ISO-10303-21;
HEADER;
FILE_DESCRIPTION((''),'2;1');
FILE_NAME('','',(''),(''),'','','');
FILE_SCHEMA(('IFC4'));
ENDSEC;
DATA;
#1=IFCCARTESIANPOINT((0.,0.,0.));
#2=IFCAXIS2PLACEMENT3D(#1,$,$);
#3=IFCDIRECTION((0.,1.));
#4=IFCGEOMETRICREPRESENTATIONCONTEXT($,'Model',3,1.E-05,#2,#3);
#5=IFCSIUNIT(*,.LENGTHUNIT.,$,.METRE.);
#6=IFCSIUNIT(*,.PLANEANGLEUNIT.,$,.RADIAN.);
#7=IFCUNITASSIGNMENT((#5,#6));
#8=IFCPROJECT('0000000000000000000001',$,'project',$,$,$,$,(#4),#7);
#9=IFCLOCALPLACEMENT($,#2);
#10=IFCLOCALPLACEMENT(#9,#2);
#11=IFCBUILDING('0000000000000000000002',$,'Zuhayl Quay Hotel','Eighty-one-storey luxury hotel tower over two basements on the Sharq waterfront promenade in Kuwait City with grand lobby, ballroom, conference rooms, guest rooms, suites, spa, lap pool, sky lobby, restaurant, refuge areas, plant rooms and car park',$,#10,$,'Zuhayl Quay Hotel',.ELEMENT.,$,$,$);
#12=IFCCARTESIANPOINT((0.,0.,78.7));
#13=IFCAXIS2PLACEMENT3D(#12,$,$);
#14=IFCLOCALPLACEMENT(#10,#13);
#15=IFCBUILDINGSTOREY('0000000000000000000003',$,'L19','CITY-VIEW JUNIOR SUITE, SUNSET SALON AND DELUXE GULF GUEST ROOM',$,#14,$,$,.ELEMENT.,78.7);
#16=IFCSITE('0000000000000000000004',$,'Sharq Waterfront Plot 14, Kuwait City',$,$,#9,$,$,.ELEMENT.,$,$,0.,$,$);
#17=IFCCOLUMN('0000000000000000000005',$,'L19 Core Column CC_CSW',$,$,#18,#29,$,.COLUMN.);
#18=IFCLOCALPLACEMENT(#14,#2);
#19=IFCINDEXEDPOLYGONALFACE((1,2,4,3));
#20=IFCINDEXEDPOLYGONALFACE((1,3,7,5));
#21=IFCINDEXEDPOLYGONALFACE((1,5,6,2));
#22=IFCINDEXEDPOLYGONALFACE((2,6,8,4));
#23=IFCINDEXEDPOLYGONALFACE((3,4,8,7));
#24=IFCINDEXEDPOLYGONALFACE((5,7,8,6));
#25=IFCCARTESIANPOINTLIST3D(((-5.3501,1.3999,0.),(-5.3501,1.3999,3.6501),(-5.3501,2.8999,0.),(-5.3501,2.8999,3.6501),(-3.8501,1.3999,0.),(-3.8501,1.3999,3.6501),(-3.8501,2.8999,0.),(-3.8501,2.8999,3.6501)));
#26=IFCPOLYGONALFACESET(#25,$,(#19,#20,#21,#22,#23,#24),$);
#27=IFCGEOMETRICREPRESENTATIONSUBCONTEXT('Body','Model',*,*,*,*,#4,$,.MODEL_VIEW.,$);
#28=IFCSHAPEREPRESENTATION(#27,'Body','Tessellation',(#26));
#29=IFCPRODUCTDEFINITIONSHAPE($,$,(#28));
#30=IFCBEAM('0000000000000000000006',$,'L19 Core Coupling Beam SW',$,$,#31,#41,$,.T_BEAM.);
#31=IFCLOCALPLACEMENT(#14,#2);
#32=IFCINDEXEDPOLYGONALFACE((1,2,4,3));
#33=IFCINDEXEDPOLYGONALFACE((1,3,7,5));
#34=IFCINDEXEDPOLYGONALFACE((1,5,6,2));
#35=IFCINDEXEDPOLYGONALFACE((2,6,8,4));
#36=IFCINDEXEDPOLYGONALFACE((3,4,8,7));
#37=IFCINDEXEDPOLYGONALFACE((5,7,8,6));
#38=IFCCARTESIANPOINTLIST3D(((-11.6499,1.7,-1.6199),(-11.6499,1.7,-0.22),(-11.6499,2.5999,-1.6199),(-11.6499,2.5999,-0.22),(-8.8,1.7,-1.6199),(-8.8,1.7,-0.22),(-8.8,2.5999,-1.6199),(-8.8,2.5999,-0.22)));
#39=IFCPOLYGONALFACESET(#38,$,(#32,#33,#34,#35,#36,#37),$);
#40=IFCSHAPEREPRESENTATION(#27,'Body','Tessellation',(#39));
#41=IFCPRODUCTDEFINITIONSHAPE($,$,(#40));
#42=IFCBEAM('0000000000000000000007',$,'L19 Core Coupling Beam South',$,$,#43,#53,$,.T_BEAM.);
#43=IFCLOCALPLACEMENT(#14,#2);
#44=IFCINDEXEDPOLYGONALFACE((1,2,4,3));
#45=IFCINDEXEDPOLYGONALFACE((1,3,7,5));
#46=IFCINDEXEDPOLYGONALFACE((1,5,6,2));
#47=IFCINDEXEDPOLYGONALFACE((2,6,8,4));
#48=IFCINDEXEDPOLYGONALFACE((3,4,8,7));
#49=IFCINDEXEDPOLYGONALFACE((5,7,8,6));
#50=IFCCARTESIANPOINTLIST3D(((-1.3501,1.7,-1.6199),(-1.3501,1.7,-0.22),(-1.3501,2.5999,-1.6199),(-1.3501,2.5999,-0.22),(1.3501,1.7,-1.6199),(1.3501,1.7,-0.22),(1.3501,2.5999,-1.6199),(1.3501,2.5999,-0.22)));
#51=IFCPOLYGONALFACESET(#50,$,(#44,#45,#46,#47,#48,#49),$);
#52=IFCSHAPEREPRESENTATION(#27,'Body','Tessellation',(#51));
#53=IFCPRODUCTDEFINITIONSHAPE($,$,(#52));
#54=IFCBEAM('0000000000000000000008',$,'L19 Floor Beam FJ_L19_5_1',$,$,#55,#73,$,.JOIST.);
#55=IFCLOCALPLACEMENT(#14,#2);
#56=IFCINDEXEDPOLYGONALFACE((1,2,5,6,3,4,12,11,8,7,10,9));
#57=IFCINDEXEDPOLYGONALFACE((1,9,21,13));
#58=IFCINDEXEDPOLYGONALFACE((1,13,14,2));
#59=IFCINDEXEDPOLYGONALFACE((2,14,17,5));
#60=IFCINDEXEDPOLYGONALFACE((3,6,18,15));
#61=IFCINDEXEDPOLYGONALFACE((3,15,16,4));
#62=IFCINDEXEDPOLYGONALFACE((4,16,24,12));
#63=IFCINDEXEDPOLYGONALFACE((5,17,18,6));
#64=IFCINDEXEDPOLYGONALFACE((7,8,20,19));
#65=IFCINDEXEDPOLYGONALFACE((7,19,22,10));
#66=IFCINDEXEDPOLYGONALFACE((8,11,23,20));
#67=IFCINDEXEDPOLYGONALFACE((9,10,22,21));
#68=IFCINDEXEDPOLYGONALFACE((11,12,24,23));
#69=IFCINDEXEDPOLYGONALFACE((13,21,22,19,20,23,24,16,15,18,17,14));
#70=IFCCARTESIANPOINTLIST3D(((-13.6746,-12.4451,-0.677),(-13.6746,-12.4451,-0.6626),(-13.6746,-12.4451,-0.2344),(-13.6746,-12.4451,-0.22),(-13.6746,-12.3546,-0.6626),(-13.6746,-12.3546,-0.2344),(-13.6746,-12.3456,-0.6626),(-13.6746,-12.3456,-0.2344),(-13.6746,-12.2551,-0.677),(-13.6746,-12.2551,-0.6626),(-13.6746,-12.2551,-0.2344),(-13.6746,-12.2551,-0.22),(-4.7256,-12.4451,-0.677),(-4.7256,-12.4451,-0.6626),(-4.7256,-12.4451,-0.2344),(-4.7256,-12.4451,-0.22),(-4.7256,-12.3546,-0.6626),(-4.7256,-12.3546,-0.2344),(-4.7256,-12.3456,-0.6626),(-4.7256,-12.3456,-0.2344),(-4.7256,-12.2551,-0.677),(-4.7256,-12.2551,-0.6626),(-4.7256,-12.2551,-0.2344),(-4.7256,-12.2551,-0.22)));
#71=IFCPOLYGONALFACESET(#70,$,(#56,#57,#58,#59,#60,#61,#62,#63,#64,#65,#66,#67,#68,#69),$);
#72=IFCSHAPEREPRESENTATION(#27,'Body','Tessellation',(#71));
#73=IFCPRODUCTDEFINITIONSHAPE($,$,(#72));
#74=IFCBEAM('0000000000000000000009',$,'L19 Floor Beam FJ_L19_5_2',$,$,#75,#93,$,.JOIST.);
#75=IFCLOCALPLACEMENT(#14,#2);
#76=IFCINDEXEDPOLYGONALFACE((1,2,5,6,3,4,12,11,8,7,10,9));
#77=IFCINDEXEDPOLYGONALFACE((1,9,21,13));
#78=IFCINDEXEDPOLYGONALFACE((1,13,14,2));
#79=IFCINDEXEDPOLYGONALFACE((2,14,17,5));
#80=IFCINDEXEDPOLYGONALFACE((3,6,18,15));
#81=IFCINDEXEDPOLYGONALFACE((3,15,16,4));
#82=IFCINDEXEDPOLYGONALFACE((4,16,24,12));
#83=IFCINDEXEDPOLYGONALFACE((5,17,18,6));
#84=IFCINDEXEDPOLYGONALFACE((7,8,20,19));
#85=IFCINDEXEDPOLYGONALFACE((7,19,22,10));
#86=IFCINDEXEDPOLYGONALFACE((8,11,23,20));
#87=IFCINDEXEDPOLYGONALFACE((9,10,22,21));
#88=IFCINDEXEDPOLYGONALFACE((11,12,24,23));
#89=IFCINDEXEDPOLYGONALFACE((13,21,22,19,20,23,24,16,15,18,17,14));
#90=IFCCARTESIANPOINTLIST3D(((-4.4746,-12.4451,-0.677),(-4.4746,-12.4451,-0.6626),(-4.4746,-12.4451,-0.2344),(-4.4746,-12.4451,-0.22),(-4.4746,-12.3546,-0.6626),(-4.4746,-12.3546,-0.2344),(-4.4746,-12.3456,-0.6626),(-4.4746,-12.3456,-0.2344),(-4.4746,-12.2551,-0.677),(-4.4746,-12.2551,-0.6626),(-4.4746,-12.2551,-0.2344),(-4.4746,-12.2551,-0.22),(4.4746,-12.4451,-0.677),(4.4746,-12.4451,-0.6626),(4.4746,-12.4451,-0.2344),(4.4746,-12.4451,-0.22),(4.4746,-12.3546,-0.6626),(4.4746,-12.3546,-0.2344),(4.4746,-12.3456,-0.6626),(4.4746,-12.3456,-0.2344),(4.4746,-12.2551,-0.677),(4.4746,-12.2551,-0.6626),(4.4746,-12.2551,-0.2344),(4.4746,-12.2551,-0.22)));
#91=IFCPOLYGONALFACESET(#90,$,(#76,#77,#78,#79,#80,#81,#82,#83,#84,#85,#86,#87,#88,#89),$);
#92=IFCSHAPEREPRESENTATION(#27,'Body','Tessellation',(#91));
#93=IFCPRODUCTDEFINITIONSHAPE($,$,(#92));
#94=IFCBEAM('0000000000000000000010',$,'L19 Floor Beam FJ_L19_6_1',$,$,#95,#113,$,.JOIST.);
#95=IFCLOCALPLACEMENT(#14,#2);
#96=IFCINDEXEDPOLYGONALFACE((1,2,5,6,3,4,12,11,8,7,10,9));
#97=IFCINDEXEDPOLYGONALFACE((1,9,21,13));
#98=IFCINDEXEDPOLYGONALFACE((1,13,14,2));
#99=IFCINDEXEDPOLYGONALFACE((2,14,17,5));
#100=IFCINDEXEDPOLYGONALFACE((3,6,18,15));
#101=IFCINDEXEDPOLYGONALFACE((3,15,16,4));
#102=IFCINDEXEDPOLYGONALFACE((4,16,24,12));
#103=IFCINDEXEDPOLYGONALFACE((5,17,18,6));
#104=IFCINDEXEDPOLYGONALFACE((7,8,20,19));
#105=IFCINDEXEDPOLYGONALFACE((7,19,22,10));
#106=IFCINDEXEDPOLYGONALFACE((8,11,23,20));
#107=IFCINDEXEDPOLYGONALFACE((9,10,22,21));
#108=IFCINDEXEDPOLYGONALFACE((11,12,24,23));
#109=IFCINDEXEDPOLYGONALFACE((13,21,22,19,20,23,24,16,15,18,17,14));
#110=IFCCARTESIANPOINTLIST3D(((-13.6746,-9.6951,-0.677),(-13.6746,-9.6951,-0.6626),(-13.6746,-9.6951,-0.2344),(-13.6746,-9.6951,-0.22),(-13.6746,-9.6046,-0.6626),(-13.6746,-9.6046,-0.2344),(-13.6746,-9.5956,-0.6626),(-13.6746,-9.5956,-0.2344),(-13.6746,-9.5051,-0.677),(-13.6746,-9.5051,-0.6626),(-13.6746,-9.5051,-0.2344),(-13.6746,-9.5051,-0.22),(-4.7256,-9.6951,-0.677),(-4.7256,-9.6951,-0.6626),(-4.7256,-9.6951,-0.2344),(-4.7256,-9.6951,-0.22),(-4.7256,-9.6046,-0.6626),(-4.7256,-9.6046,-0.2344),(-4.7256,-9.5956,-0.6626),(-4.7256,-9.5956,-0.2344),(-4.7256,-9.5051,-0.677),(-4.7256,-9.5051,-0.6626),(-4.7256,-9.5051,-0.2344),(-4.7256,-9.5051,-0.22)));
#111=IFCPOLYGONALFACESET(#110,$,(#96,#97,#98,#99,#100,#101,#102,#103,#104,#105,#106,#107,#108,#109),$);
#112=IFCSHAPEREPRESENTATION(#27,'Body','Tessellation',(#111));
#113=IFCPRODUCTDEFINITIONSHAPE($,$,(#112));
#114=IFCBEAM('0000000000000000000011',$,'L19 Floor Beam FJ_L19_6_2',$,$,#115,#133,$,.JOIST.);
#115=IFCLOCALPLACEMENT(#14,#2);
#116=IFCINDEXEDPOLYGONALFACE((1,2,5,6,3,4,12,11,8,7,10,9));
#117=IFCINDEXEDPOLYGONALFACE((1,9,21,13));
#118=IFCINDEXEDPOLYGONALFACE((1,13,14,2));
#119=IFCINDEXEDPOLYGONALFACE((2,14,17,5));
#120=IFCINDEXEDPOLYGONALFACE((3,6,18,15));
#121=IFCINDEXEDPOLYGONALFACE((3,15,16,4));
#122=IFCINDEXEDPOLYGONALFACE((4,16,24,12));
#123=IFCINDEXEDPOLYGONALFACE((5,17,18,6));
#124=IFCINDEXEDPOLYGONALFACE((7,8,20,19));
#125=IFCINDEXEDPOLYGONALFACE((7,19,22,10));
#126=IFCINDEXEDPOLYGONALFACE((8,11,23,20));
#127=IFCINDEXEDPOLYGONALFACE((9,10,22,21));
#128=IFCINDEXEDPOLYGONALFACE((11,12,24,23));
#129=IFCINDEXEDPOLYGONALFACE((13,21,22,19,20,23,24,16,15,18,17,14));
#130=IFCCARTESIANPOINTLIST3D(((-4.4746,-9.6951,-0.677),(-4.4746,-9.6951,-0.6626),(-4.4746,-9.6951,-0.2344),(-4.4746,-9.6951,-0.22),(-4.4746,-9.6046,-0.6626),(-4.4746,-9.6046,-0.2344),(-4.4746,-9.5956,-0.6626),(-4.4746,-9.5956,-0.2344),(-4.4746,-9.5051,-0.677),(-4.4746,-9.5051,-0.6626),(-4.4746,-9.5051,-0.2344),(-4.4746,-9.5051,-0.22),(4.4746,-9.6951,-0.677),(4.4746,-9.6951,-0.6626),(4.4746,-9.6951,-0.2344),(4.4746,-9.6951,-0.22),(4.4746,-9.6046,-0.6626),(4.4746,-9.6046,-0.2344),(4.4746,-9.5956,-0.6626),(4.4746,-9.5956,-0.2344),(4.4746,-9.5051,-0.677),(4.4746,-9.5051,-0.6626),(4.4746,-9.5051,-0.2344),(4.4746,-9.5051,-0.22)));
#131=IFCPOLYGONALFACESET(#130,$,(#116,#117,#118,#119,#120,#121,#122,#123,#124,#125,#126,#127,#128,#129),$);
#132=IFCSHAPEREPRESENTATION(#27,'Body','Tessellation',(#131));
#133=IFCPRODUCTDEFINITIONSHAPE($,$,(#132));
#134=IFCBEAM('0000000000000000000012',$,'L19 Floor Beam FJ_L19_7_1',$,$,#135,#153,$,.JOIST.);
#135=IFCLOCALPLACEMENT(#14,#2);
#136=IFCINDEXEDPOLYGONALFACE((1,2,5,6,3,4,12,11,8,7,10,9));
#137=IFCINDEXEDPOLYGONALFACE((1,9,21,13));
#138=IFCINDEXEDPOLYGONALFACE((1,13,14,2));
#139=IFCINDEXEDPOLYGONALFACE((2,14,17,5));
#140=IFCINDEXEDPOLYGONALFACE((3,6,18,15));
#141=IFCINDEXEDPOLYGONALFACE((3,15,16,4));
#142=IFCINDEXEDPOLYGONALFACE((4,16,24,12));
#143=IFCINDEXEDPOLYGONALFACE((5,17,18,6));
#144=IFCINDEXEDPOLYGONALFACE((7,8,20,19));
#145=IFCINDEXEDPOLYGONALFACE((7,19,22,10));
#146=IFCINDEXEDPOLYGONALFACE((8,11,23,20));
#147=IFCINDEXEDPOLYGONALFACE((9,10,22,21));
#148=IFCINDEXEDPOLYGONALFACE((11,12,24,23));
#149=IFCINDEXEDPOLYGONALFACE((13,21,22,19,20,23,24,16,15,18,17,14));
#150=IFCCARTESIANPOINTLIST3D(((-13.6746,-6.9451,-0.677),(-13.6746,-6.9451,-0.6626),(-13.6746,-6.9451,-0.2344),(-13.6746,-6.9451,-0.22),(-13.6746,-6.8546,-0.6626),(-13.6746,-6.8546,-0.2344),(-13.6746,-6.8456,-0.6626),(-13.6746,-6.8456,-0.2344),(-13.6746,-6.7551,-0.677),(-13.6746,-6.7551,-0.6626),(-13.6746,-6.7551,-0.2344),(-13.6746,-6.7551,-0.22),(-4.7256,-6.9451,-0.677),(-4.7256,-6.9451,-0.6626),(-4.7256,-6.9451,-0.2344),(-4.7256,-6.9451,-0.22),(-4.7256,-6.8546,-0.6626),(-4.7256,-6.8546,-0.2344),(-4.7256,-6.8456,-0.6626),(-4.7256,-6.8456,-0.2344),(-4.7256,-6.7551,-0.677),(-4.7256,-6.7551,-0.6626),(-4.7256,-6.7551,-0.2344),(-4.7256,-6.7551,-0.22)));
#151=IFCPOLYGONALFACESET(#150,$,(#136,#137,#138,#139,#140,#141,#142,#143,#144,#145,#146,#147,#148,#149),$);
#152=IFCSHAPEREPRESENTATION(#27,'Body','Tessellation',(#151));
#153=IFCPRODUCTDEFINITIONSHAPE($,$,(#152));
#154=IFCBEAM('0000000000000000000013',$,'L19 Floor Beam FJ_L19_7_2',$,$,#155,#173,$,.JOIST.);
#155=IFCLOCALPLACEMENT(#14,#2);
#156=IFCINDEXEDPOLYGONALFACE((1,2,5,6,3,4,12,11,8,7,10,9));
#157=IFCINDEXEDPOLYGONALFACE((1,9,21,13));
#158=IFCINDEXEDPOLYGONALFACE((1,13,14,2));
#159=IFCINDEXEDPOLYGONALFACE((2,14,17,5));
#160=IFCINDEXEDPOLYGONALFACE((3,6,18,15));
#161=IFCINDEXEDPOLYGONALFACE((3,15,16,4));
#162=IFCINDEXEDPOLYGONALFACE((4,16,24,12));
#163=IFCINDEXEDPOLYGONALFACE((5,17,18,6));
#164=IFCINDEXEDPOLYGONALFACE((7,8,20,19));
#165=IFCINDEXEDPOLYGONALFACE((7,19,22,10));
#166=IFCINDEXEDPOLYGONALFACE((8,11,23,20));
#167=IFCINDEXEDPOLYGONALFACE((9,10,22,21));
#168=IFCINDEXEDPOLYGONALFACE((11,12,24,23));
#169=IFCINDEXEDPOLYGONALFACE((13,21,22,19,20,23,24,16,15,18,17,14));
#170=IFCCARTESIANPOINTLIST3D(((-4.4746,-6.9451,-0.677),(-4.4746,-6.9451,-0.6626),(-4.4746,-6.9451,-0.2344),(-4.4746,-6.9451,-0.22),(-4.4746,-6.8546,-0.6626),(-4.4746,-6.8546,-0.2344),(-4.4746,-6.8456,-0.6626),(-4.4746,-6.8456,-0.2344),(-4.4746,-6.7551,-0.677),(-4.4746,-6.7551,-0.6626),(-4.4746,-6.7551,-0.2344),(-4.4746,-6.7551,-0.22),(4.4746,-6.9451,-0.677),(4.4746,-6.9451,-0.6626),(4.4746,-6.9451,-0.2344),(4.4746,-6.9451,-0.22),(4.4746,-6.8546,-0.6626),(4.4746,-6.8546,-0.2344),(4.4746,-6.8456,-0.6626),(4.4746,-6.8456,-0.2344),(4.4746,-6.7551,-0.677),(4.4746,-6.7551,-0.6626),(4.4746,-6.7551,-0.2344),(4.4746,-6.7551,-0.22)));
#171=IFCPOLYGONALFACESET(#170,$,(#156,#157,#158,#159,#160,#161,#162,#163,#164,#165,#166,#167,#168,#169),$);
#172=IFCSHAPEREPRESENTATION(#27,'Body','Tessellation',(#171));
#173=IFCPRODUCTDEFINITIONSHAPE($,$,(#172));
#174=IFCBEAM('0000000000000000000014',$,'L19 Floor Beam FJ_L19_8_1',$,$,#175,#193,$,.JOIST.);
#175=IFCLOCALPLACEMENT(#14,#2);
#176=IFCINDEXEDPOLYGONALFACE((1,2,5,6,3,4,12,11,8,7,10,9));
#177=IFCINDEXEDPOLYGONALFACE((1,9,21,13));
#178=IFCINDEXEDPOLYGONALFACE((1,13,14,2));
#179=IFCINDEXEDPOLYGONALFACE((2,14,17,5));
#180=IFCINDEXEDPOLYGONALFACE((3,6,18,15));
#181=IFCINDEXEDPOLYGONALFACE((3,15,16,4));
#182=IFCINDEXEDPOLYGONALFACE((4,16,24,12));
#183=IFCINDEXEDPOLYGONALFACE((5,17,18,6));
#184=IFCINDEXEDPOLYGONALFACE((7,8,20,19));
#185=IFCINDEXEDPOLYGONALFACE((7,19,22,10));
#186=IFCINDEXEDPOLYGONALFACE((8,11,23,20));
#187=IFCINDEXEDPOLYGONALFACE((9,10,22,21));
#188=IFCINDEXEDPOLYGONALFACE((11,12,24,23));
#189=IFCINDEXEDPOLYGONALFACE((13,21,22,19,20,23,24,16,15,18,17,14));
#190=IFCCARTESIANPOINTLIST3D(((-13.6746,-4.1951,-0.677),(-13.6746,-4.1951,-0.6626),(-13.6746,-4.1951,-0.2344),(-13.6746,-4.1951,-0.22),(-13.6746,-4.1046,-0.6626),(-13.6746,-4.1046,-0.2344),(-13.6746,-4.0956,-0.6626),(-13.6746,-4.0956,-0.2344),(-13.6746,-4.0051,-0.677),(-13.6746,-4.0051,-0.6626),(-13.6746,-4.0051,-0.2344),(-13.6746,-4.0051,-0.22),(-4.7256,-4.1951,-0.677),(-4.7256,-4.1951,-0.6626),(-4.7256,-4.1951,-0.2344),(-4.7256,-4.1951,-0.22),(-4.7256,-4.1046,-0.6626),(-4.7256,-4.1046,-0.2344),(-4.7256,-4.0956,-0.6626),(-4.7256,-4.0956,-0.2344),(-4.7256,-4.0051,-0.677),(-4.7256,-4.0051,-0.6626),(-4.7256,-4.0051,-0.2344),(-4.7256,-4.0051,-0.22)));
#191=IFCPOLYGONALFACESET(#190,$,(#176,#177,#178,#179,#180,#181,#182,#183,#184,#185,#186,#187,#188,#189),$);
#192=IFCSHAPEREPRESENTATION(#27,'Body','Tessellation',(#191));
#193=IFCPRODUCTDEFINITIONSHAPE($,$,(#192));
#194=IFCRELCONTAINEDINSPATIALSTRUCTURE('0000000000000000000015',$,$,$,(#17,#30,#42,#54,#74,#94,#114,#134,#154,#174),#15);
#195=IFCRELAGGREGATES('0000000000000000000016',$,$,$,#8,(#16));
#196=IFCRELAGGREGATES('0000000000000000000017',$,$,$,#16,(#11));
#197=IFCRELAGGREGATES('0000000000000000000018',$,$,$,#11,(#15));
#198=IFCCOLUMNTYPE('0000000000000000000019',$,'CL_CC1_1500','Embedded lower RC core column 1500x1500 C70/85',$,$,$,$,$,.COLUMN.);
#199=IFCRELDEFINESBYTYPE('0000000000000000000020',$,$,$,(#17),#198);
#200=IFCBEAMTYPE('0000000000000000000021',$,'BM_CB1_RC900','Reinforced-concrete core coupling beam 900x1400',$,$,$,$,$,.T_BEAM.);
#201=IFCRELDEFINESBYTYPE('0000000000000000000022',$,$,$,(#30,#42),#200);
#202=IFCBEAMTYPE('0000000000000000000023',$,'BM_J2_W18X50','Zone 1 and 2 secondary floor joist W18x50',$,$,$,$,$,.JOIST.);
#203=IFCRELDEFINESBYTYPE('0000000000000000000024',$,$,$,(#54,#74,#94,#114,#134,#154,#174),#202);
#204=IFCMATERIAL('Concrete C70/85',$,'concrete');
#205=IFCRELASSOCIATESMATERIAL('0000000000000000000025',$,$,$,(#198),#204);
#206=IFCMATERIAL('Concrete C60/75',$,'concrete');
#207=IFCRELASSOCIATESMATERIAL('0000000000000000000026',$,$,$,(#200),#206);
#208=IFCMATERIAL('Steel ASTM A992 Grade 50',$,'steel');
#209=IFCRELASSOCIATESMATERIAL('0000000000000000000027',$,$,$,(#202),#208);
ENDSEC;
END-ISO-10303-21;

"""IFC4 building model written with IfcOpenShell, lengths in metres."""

from ifc_helpers import new_model, si_unit, direction, frame, origin, origin_2d, place, context, subcontext, project, spatial, rectangle, i_section, extrude, material, material_profile, profile_set, type_object, element, save


model = new_model("IFC4")

# Units and contexts
model_context = context("Model", 3, precision=1e-05, world=origin(), true_north=direction((0.0, 1.0)))
body_context = subcontext(model_context, "Body", "Model", "MODEL_VIEW")
ifc_project = project(units=[si_unit("LENGTHUNIT", "METRE"), si_unit("PLANEANGLEUNIT", "RADIAN")], contexts=[model_context])

# Site, building, storey
site_placement = place(None, origin())
site = spatial("IfcSite", under=ifc_project, at=site_placement, Name="Sharq Waterfront Plot 14, Kuwait City", CompositionType="ELEMENT", RefElevation=0.0)
building_placement = place(site_placement, origin())
building = spatial("IfcBuilding", under=site, at=building_placement, Name="Zuhayl Quay Hotel", Description="Eighty-one-storey luxury hotel tower over two basements on the Sharq waterfront promenade in Kuwait City with grand lobby, ballroom, conference rooms, guest rooms, suites, spa, lap pool, sky lobby, restaurant, refuge areas, plant rooms and car park", LongName="Zuhayl Quay Hotel", CompositionType="ELEMENT")
storey_placement = place(building_placement, frame((0.0, 0.0, 78.7)))
storey = spatial("IfcBuildingStorey", under=building, at=storey_placement, Name="L19", Description="CITY-VIEW JUNIOR SUITE, SUNSET SALON AND DELUXE GULF GUEST ROOM", CompositionType="ELEMENT", Elevation=78.7)

# Column
ifc_material_1 = material(Name="Concrete C70/85", Category="concrete")
ifc_material_profile_1 = material_profile(ifc_material_1, rectangle(XDim=1.5, YDim=1.5, at=origin_2d()), Name="RC1500X1500")
ifc_profile_set_1 = profile_set([ifc_material_profile_1], Name="Concrete C70/85")
column_type = type_object("IfcColumnType", Name="CL_CC1_1500", Description="Embedded lower RC core column 1500x1500 C70/85", PredefinedType="COLUMN", material=ifc_profile_set_1)
column_placement = place(storey_placement, frame((-4.6001, 2.1499, 0.0), z_axis=(0.0, 0.0, 1.0), x_axis=(1.0, 0.0, 0.0)))
element("IfcColumn", 1, at=column_placement, inside=storey, type_object=column_type, Name="L19 Core Column CC_CSW", PredefinedType="COLUMN", context=body_context, shape_type="SweptSolid", body=[
    extrude(rectangle(XDim=1.5, YDim=1.5, at=origin_2d()), origin(), (0.0, 0.0, 1.0), 3.6501),
])

# Beams
ifc_material_2 = material(Name="Concrete C60/75", Category="concrete")
ifc_material_profile_2 = material_profile(ifc_material_2, rectangle(XDim=0.8999, YDim=1.3999, at=origin_2d()), Name="RC900X1400")
ifc_profile_set_2 = profile_set([ifc_material_profile_2], Name="Concrete C60/75")
beam_type_1 = type_object("IfcBeamType", Name="BM_CB1_RC900", Description="Reinforced-concrete core coupling beam 900x1400", PredefinedType="T_BEAM", material=ifc_profile_set_2)
beam_1_placement = place(storey_placement, frame((-11.6499, 2.1499, -0.9199), z_axis=(1.0, 0.0, 0.0), x_axis=(0.0, 1.0, 0.0)))
element("IfcBeam", 2, at=beam_1_placement, inside=storey, type_object=beam_type_1, Name="L19 Core Coupling Beam SW", PredefinedType="T_BEAM", context=body_context, shape_type="SweptSolid", body=[
    extrude(rectangle(XDim=0.8999, YDim=1.3999, at=origin_2d()), origin(), (0.0, 0.0, 1.0), 2.8499),
])
beam_2_placement = place(storey_placement, frame((-1.3501, 2.1499, -0.9199), z_axis=(1.0, 0.0, 0.0), x_axis=(0.0, 1.0, 0.0)))
element("IfcBeam", 3, at=beam_2_placement, inside=storey, type_object=beam_type_1, Name="L19 Core Coupling Beam South", PredefinedType="T_BEAM", context=body_context, shape_type="SweptSolid", body=[
    extrude(rectangle(XDim=0.8999, YDim=1.3999, at=origin_2d()), origin(), (0.0, 0.0, 1.0), 2.7002),
])
ifc_material_3 = material(Name="Steel ASTM A992 Grade 50", Category="steel")
ifc_material_profile_3 = material_profile(ifc_material_3, i_section(OverallWidth=0.1899, OverallDepth=0.457, WebThickness=0.009, FlangeThickness=0.0144, at=origin_2d()), Name="W18X50")
ifc_profile_set_3 = profile_set([ifc_material_profile_3], Name="Steel ASTM A992 Grade 50")
beam_type_2 = type_object("IfcBeamType", Name="BM_J2_W18X50", Description="Zone 1 and 2 secondary floor joist W18x50", PredefinedType="JOIST", material=ifc_profile_set_3)
beam_3_placement = place(storey_placement, frame((-13.6746, -12.3501, -0.4485), z_axis=(1.0, 0.0, 0.0), x_axis=(0.0, 1.0, 0.0)))
element("IfcBeam", 4, at=beam_3_placement, inside=storey, type_object=beam_type_2, Name="L19 Floor Beam FJ_L19_5_1", PredefinedType="JOIST", context=body_context, shape_type="SweptSolid", body=[
    extrude(i_section(OverallWidth=0.1899, OverallDepth=0.457, WebThickness=0.009, FlangeThickness=0.0144, at=origin_2d()), origin(), (0.0, 0.0, 1.0), 8.949),
])
beam_4_placement = place(storey_placement, frame((-4.4746, -12.3501, -0.4485), z_axis=(1.0, 0.0, 0.0), x_axis=(0.0, 1.0, 0.0)))
element("IfcBeam", 5, at=beam_4_placement, inside=storey, type_object=beam_type_2, Name="L19 Floor Beam FJ_L19_5_2", PredefinedType="JOIST", context=body_context, shape_type="SweptSolid", body=[
    extrude(i_section(OverallWidth=0.1899, OverallDepth=0.457, WebThickness=0.009, FlangeThickness=0.0144, at=origin_2d()), origin(), (0.0, 0.0, 1.0), 8.9492),
])
beam_5_placement = place(storey_placement, frame((-13.6746, -9.6001, -0.4485), z_axis=(1.0, 0.0, 0.0), x_axis=(0.0, 1.0, 0.0)))
element("IfcBeam", 6, at=beam_5_placement, inside=storey, type_object=beam_type_2, Name="L19 Floor Beam FJ_L19_6_1", PredefinedType="JOIST", context=body_context, shape_type="SweptSolid", body=[
    extrude(i_section(OverallWidth=0.1899, OverallDepth=0.457, WebThickness=0.009, FlangeThickness=0.0144, at=origin_2d()), origin(), (0.0, 0.0, 1.0), 8.949),
])
beam_6_placement = place(storey_placement, frame((-4.4746, -9.6001, -0.4485), z_axis=(1.0, 0.0, 0.0), x_axis=(0.0, 1.0, 0.0)))
element("IfcBeam", 7, at=beam_6_placement, inside=storey, type_object=beam_type_2, Name="L19 Floor Beam FJ_L19_6_2", PredefinedType="JOIST", context=body_context, shape_type="SweptSolid", body=[
    extrude(i_section(OverallWidth=0.1899, OverallDepth=0.457, WebThickness=0.009, FlangeThickness=0.0144, at=origin_2d()), origin(), (0.0, 0.0, 1.0), 8.9492),
])
beam_7_placement = place(storey_placement, frame((-13.6746, -6.8501, -0.4485), z_axis=(1.0, 0.0, 0.0), x_axis=(0.0, 1.0, 0.0)))
element("IfcBeam", 8, at=beam_7_placement, inside=storey, type_object=beam_type_2, Name="L19 Floor Beam FJ_L19_7_1", PredefinedType="JOIST", context=body_context, shape_type="SweptSolid", body=[
    extrude(i_section(OverallWidth=0.1899, OverallDepth=0.457, WebThickness=0.009, FlangeThickness=0.0144, at=origin_2d()), origin(), (0.0, 0.0, 1.0), 8.949),
])
beam_8_placement = place(storey_placement, frame((-4.4746, -6.8501, -0.4485), z_axis=(1.0, 0.0, 0.0), x_axis=(0.0, 1.0, 0.0)))
element("IfcBeam", 9, at=beam_8_placement, inside=storey, type_object=beam_type_2, Name="L19 Floor Beam FJ_L19_7_2", PredefinedType="JOIST", context=body_context, shape_type="SweptSolid", body=[
    extrude(i_section(OverallWidth=0.1899, OverallDepth=0.457, WebThickness=0.009, FlangeThickness=0.0144, at=origin_2d()), origin(), (0.0, 0.0, 1.0), 8.9492),
])
beam_9_placement = place(storey_placement, frame((-13.6746, -4.1001, -0.4485), z_axis=(1.0, 0.0, 0.0), x_axis=(0.0, 1.0, 0.0)))
element("IfcBeam", 10, at=beam_9_placement, inside=storey, type_object=beam_type_2, Name="L19 Floor Beam FJ_L19_8_1", PredefinedType="JOIST", context=body_context, shape_type="SweptSolid", body=[
    extrude(i_section(OverallWidth=0.1899, OverallDepth=0.457, WebThickness=0.009, FlangeThickness=0.0144, at=origin_2d()), origin(), (0.0, 0.0, 1.0), 8.949),
])

save(model, "model.ifc")
